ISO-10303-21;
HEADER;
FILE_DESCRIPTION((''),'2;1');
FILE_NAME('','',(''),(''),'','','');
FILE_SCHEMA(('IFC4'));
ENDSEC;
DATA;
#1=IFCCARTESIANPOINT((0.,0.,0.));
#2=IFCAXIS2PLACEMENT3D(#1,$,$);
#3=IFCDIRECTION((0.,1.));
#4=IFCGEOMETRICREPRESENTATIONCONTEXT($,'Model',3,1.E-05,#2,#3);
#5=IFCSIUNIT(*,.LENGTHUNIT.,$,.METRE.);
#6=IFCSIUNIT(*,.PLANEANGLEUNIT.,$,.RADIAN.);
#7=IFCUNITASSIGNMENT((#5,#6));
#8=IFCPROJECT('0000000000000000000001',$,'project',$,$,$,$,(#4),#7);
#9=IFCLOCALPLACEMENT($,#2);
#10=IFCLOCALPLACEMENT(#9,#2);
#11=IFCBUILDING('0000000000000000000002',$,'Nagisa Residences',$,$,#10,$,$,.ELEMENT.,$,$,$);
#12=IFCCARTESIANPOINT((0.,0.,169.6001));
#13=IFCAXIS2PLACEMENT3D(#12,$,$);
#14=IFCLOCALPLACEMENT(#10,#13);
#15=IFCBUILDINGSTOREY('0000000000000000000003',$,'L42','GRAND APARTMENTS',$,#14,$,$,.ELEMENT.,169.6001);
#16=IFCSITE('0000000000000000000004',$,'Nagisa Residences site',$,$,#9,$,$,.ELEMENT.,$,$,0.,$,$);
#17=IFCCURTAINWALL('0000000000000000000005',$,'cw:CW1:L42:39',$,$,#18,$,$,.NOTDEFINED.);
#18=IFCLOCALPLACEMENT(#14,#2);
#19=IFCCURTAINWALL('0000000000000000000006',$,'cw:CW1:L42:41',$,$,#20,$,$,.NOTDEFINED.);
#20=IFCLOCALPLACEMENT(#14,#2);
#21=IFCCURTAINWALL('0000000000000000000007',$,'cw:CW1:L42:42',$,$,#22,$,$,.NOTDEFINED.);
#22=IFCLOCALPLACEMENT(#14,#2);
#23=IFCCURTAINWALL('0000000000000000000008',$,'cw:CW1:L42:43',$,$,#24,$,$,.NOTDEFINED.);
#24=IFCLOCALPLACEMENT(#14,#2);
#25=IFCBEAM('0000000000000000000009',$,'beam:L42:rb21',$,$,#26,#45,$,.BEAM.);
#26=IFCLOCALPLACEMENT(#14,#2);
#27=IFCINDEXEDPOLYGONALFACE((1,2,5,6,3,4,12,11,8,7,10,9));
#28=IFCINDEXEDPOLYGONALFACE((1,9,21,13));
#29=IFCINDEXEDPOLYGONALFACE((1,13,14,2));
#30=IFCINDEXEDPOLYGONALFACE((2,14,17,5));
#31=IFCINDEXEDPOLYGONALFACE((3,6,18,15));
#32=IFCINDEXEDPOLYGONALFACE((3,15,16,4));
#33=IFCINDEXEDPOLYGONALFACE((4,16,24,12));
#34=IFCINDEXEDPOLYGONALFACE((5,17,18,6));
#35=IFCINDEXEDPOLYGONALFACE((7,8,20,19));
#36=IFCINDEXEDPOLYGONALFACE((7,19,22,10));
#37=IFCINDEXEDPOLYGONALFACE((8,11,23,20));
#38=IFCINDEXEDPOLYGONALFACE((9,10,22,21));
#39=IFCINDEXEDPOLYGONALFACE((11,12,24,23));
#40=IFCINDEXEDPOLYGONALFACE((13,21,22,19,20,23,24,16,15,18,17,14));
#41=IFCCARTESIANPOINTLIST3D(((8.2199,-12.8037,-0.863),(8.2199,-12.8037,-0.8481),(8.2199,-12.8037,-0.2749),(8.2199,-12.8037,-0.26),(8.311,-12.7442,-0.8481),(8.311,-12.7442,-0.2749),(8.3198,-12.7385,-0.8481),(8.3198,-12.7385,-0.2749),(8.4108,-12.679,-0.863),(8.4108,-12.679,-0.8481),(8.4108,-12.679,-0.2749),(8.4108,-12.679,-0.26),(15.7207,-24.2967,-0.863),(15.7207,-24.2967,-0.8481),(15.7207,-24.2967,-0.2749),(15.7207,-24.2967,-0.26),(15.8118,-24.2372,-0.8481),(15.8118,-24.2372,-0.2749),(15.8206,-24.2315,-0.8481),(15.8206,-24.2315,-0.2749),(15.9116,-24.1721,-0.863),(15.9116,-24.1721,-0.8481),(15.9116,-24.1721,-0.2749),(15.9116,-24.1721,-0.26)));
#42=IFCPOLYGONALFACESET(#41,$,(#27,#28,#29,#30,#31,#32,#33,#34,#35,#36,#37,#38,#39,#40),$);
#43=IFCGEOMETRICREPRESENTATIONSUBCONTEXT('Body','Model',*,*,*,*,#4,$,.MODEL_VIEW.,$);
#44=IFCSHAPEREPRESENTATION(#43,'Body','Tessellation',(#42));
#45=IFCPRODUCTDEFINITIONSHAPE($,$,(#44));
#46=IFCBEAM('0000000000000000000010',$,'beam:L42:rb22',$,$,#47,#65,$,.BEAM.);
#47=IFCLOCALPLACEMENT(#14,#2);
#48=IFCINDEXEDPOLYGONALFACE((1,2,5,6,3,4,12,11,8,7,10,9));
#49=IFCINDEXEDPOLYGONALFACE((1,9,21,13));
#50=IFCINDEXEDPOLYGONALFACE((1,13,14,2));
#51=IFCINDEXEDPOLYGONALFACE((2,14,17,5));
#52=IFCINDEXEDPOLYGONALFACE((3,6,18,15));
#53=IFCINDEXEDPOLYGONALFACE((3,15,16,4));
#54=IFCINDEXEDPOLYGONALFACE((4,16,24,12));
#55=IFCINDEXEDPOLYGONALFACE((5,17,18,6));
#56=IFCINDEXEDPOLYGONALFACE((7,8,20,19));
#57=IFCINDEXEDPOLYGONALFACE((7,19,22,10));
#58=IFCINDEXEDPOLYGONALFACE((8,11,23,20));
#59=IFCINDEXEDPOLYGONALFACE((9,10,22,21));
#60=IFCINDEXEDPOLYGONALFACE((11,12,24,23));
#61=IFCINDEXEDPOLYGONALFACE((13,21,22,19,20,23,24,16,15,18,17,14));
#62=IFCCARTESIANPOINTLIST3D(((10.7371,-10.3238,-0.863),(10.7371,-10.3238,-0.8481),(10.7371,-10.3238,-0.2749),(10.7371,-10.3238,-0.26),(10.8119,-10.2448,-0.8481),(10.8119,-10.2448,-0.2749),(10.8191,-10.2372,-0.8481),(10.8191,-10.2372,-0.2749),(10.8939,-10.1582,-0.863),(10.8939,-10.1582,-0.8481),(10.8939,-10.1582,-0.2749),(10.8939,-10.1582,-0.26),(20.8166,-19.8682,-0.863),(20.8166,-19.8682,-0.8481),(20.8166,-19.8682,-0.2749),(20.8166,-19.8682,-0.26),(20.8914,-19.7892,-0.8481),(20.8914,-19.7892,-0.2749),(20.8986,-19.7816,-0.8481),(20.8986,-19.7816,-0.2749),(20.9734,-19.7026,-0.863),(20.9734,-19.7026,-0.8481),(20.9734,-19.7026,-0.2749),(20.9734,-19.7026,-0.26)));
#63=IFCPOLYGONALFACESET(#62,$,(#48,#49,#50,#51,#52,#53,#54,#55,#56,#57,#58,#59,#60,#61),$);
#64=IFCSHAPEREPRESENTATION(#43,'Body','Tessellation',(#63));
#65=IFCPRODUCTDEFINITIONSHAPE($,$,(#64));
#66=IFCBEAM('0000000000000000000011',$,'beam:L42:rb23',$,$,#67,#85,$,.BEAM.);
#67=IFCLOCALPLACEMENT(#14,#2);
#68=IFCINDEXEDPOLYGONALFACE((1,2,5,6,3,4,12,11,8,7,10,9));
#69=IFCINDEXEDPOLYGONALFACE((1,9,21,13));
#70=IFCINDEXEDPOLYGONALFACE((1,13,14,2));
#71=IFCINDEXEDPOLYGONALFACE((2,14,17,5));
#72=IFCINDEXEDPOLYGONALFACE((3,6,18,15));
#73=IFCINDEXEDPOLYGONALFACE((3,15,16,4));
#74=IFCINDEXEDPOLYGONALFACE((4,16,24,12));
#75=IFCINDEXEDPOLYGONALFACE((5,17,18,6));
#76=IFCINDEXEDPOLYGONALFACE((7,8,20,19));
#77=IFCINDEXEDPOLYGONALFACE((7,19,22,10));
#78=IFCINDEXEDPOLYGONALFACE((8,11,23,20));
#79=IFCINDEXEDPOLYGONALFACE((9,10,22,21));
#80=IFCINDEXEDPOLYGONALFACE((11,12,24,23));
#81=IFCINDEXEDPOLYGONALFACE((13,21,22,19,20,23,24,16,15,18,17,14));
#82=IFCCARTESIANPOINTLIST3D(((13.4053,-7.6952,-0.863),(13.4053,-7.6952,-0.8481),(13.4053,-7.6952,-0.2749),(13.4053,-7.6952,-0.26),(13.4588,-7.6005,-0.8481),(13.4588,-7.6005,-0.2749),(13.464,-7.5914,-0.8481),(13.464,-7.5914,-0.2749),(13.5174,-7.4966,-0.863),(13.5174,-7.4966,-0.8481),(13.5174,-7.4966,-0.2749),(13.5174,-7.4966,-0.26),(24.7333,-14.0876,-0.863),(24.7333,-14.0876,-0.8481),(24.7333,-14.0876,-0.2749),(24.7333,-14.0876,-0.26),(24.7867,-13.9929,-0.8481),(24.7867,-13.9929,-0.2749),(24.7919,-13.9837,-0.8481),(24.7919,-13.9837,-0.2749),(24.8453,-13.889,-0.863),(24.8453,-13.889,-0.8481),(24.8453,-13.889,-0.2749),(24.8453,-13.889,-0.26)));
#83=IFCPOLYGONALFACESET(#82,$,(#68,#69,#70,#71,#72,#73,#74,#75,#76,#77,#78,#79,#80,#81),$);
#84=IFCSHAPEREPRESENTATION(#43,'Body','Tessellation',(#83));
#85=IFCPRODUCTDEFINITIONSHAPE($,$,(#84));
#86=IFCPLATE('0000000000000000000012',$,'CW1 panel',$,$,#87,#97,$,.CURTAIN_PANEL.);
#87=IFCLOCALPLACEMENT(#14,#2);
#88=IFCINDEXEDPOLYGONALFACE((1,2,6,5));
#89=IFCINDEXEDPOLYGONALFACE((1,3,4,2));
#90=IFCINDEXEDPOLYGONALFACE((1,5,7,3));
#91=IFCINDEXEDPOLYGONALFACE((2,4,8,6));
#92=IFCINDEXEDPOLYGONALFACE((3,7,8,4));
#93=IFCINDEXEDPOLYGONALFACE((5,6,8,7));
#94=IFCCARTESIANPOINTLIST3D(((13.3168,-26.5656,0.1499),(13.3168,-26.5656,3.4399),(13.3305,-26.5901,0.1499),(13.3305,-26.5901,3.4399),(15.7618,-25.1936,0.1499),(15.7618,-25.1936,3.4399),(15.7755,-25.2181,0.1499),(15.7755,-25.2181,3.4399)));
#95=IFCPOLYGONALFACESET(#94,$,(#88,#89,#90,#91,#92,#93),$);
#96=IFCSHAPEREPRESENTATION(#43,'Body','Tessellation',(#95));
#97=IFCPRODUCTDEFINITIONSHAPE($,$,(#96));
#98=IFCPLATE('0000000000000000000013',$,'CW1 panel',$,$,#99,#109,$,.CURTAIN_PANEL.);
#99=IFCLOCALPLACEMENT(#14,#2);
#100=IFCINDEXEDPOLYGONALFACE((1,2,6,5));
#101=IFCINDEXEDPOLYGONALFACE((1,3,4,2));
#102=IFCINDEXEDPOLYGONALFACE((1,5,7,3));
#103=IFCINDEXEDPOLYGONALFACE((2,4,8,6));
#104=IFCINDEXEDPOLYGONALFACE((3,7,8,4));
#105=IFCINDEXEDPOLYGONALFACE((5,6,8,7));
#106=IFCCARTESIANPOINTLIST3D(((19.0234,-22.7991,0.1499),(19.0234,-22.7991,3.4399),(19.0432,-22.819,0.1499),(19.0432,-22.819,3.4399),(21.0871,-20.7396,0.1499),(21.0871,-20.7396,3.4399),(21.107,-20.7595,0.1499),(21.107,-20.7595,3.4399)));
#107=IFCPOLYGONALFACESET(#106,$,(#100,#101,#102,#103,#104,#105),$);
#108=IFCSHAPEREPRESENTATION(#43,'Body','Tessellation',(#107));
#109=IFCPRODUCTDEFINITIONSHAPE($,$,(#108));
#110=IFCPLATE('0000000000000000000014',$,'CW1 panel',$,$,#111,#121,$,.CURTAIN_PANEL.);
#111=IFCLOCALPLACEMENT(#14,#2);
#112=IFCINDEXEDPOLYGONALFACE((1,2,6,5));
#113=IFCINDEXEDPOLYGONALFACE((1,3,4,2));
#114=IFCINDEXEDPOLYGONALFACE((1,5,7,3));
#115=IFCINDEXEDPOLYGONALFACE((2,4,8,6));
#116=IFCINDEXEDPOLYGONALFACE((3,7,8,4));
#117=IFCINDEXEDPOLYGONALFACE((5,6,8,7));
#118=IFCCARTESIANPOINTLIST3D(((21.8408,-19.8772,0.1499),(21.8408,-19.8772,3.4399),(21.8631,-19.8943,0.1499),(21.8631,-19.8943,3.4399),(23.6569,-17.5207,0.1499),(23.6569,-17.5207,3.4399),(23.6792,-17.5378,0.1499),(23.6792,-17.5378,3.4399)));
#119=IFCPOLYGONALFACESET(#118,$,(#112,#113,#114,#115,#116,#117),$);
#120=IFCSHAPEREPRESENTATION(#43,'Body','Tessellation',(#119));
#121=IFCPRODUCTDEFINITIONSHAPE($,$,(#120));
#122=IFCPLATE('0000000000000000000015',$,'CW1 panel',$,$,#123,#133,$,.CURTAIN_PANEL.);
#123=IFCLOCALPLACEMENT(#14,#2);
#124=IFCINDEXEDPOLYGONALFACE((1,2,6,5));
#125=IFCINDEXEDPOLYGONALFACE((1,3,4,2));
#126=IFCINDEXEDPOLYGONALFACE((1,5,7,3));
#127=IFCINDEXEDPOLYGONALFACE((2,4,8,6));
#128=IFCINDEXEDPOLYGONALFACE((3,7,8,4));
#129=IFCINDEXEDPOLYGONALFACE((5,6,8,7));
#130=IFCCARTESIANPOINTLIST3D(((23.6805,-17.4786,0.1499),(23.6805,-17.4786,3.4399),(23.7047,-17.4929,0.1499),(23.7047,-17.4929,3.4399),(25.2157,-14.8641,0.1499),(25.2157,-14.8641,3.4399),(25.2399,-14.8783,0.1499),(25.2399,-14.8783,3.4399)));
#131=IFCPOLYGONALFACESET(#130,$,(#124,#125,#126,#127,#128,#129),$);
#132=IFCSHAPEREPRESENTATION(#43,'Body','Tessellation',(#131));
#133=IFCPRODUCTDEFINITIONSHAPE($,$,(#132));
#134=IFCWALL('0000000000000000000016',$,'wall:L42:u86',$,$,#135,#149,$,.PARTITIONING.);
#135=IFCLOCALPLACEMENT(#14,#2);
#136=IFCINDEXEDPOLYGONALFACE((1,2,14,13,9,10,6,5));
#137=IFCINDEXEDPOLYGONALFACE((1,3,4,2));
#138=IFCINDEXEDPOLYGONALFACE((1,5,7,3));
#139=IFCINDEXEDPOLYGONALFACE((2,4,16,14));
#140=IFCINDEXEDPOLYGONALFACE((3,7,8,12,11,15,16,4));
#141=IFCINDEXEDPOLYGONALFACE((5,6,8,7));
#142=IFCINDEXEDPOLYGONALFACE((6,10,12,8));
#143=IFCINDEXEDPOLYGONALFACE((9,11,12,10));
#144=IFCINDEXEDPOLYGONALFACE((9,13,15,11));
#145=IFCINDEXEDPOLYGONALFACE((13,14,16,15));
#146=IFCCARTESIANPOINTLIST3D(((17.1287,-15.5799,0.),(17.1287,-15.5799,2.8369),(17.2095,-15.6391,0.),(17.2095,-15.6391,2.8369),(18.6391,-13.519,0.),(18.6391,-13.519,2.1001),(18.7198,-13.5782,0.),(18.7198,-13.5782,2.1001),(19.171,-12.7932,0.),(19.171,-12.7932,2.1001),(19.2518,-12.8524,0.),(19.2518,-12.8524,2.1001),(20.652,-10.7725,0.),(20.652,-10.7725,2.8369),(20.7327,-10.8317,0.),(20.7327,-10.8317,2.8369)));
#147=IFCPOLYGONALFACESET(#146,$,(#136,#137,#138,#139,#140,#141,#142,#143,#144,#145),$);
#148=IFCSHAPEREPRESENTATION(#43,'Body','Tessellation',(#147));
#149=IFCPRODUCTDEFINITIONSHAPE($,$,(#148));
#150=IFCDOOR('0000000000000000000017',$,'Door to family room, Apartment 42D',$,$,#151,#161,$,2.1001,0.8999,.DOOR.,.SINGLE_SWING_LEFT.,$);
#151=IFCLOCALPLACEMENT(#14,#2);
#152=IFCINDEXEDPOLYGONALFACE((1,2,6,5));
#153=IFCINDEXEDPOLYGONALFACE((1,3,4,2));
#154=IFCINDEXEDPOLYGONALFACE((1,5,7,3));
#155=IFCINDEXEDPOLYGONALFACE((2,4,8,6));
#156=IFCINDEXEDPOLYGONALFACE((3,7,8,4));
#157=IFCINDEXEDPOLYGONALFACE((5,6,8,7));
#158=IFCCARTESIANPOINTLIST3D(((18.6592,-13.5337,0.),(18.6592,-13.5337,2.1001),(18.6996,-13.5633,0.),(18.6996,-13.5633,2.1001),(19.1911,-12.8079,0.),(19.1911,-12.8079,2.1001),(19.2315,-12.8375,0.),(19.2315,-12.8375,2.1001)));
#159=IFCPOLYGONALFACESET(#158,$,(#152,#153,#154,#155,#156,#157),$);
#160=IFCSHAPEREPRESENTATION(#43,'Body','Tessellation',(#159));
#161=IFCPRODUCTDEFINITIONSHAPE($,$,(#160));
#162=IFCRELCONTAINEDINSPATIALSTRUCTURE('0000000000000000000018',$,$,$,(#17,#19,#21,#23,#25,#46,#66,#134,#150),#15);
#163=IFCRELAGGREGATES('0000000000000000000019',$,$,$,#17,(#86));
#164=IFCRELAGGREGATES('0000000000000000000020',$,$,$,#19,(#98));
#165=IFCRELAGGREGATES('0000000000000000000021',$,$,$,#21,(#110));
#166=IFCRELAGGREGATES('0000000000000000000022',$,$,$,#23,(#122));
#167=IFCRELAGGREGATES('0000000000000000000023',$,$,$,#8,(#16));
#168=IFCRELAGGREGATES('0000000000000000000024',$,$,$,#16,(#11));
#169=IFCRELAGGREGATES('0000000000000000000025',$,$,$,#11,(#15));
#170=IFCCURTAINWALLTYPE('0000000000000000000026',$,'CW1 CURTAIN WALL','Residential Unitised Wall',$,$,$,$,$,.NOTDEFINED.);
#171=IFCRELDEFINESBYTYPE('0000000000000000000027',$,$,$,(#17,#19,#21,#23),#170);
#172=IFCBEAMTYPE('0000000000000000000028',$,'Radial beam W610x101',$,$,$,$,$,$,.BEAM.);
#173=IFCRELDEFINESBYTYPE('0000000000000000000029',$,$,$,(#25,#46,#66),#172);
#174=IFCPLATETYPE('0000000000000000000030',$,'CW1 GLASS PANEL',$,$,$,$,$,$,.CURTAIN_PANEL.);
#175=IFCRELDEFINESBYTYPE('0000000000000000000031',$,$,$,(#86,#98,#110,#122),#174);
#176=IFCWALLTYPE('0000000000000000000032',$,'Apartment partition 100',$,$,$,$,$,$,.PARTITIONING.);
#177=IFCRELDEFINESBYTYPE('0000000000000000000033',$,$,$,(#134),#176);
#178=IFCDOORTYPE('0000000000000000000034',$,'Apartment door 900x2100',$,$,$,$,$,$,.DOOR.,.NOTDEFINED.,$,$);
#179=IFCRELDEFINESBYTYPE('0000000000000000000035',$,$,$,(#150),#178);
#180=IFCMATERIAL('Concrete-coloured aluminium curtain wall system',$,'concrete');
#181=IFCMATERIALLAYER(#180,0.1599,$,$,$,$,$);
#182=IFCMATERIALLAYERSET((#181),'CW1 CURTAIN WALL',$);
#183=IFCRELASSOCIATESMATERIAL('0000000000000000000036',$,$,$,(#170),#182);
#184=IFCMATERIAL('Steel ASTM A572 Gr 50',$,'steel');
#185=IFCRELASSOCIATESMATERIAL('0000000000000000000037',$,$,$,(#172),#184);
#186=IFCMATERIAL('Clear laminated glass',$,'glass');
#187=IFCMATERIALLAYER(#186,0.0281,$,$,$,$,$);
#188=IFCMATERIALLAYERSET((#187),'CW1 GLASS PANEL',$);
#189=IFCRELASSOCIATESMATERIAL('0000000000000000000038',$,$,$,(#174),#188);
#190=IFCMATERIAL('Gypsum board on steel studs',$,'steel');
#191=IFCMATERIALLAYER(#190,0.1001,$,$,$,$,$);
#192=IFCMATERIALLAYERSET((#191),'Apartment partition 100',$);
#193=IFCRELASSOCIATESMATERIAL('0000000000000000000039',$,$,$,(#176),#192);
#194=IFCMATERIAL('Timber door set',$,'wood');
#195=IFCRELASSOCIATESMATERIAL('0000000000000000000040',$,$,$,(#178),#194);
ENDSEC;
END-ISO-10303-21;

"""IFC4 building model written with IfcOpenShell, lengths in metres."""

from ifc_helpers import new_model, si_unit, direction, frame, frame_2d, origin, origin_2d, place, context, subcontext, project, spatial, rectangle, i_section, extrude, material, layer, layer_set, material_profile, profile_set, type_object, element, fill, aggregate, save


model = new_model("IFC4")

# Units and contexts
model_context = context("Model", 3, precision=1e-05, world=origin(), true_north=direction((0.0, 1.0)))
body_context = subcontext(model_context, "Body", "Model", "MODEL_VIEW")
ifc_project = project(units=[si_unit("LENGTHUNIT", "METRE"), si_unit("PLANEANGLEUNIT", "RADIAN")], contexts=[model_context])

# Site, building, storey
site_placement = place(None, origin())
site = spatial("IfcSite", under=ifc_project, at=site_placement, Name="Nagisa Residences site", CompositionType="ELEMENT", RefElevation=0.0)
building_placement = place(site_placement, origin())
building = spatial("IfcBuilding", under=site, at=building_placement, Name="Nagisa Residences", CompositionType="ELEMENT")
storey_placement = place(building_placement, frame((0.0, 0.0, 169.6001)))
storey = spatial("IfcBuildingStorey", under=building, at=storey_placement, Name="L42", Description="GRAND APARTMENTS", CompositionType="ELEMENT", Elevation=169.6001)

# Curtain walls
ifc_material_1 = material(Name="Concrete-coloured aluminium curtain wall system", Category="concrete")
ifc_layer_1 = layer(ifc_material_1, 0.1599)
ifc_layer_set_1 = layer_set([ifc_layer_1], Name="CW1 CURTAIN WALL")
curtain_wall_type = type_object("IfcCurtainWallType", Name="CW1 CURTAIN WALL", Description="Residential Unitised Wall", PredefinedType="NOTDEFINED", material=ifc_layer_set_1)
curtain_wall_1_placement = place(storey_placement, origin())
curtain_wall_1 = element("IfcCurtainWall", 1, at=curtain_wall_1_placement, inside=storey, type_object=curtain_wall_type, Name="cw:CW1:L42:39", PredefinedType="NOTDEFINED")
curtain_wall_2_placement = place(storey_placement, origin())
curtain_wall_2 = element("IfcCurtainWall", 2, at=curtain_wall_2_placement, inside=storey, type_object=curtain_wall_type, Name="cw:CW1:L42:41", PredefinedType="NOTDEFINED")
curtain_wall_3_placement = place(storey_placement, origin())
curtain_wall_3 = element("IfcCurtainWall", 3, at=curtain_wall_3_placement, inside=storey, type_object=curtain_wall_type, Name="cw:CW1:L42:42", PredefinedType="NOTDEFINED")
curtain_wall_4_placement = place(storey_placement, origin())
curtain_wall_4 = element("IfcCurtainWall", 4, at=curtain_wall_4_placement, inside=storey, type_object=curtain_wall_type, Name="cw:CW1:L42:43", PredefinedType="NOTDEFINED")

# Beams
ifc_material_2 = material(Name="Steel ASTM A572 Gr 50", Category="steel")
ifc_material_profile_1 = material_profile(ifc_material_2, i_section(OverallWidth=0.228, OverallDepth=0.603, WebThickness=0.0105, FlangeThickness=0.0149, at=origin_2d()), Name="W610x101")
ifc_profile_set_1 = profile_set([ifc_material_profile_1], Name="Steel ASTM A572 Gr 50")
beam_type_1 = type_object("IfcBeamType", Name="Radial beam W610x101", PredefinedType="BEAM", material=ifc_profile_set_1)
beam_1_placement = place(storey_placement, frame((15.8162, -24.2344, -0.5615), z_axis=(-0.546541, 0.837432, 0.0), x_axis=(-0.837432, -0.546541, 0.0)))
element("IfcBeam", 5, at=beam_1_placement, inside=storey, type_object=beam_type_1, Name="beam:L42:rb21", PredefinedType="BEAM", context=body_context, shape_type="SweptSolid", body=[
    extrude(i_section(OverallWidth=0.228, OverallDepth=0.603, WebThickness=0.0105, FlangeThickness=0.0149, at=origin_2d()), origin(), (0.0, 0.0, 1.0), 13.7241),
])
beam_2_placement = place(storey_placement, frame((20.895, -19.7854, -0.5615), z_axis=(-0.72612, 0.687568, 0.0), x_axis=(-0.687568, -0.72612, 0.0)))
element("IfcBeam", 6, at=beam_2_placement, inside=storey, type_object=beam_type_1, Name="beam:L42:rb22", PredefinedType="BEAM", context=body_context, shape_type="SweptSolid", body=[
    extrude(i_section(OverallWidth=0.228, OverallDepth=0.603, WebThickness=0.0105, FlangeThickness=0.0149, at=origin_2d()), origin(), (0.0, 0.0, 1.0), 13.8813),
])
beam_3_placement = place(storey_placement, frame((24.7893, -13.9883, -0.5615), z_axis=(-0.870905, 0.491452, 0.0), x_axis=(-0.491452, -0.870905, 0.0)))
element("IfcBeam", 7, at=beam_3_placement, inside=storey, type_object=beam_type_1, Name="beam:L42:rb23", PredefinedType="BEAM", context=body_context, shape_type="SweptSolid", body=[
    extrude(i_section(OverallWidth=0.228, OverallDepth=0.603, WebThickness=0.0105, FlangeThickness=0.0149, at=origin_2d()), origin(), (0.0, 0.0, 1.0), 13.0071),
])

# Plates
ifc_material_3 = material(Name="Clear laminated glass", Category="glass")
ifc_layer_2 = layer(ifc_material_3, 0.0281)
ifc_layer_set_2 = layer_set([ifc_layer_2], Name="CW1 GLASS PANEL")
plate_type = type_object("IfcPlateType", Name="CW1 GLASS PANEL", PredefinedType="CURTAIN_PANEL", material=ifc_layer_set_2)
plate_1_placement = place(storey_placement, frame((14.5461, -25.8918, 0.1499), z_axis=(0.0, 0.0, 1.0), x_axis=(0.872072, 0.489377, 0.0)))
plate_1 = element("IfcPlate", 8, at=plate_1_placement, type_object=plate_type, Name="CW1 panel", PredefinedType="CURTAIN_PANEL", context=body_context, shape_type="SweptSolid", body=[
    extrude(rectangle(XDim=2.8037, YDim=0.0281, at=origin_2d()), origin(), (0.0, 0.0, 1.0), 3.29),
])
aggregate(curtain_wall_1, [plate_1])
plate_2_placement = place(storey_placement, frame((20.0652, -21.7793, 0.1499), z_axis=(0.0, 0.0, 1.0), x_axis=(0.707836, 0.706377, 0.0)))
plate_2 = element("IfcPlate", 9, at=plate_2_placement, type_object=plate_type, Name="CW1 panel", PredefinedType="CURTAIN_PANEL", context=body_context, shape_type="SweptSolid", body=[
    extrude(rectangle(XDim=2.9155, YDim=0.0281, at=origin_2d()), origin(), (0.0, 0.0, 1.0), 3.29),
])
aggregate(curtain_wall_2, [plate_2])
plate_3_placement = place(storey_placement, frame((22.76, -18.7075, 0.1499), z_axis=(0.0, 0.0, 1.0), x_axis=(0.61043, 0.79207, 0.0)))
plate_3 = element("IfcPlate", 10, at=plate_3_placement, type_object=plate_type, Name="CW1 panel", PredefinedType="CURTAIN_PANEL", context=body_context, shape_type="SweptSolid", body=[
    extrude(rectangle(XDim=2.9751, YDim=0.0281, at=origin_2d()), origin(), (0.0, 0.0, 1.0), 3.29),
])
aggregate(curtain_wall_3, [plate_3])
plate_4_placement = place(storey_placement, frame((24.4602, -16.1785, 0.1499), z_axis=(0.0, 0.0, 1.0), x_axis=(0.506349, 0.862329, 0.0)))
plate_4 = element("IfcPlate", 11, at=plate_4_placement, type_object=plate_type, Name="CW1 panel", PredefinedType="CURTAIN_PANEL", context=body_context, shape_type="SweptSolid", body=[
    extrude(rectangle(XDim=3.032, YDim=0.0281, at=origin_2d()), origin(), (0.0, 0.0, 1.0), 3.29),
])
aggregate(curtain_wall_4, [plate_4])

# Wall, opening, door
ifc_material_4 = material(Name="Gypsum board on steel studs", Category="steel")
ifc_layer_3 = layer(ifc_material_4, 0.1001)
ifc_layer_set_3 = layer_set([ifc_layer_3], Name="Apartment partition 100")
wall_type_1 = type_object("IfcWallType", Name="Apartment partition 100", PredefinedType="PARTITIONING", material=ifc_layer_set_3)
wall_1_placement = place(storey_placement, frame((17.1692, -15.6094, 0.0), z_axis=(0.0, 0.0, 1.0), x_axis=(0.591122, 0.806582, 0.0)))
wall_1 = element("IfcWall", 12, at=wall_1_placement, inside=storey, type_object=wall_type_1, Name="wall:L42:u86", PredefinedType="PARTITIONING", context=body_context, shape_type="SweptSolid", body=[
    extrude(rectangle(XDim=5.9602, YDim=0.1001, at=frame_2d((2.98, 0.0))), origin(), (0.0, 0.0, 1.0), 2.8369),
])
opening_1_placement = place(wall_1_placement, frame((2.5549, 0.0, 0.0)))
opening_1 = element("IfcOpeningElement", 13, at=opening_1_placement, cuts=wall_1, PredefinedType="OPENING", context=body_context, shape_type="SweptSolid", body=[
    extrude(rectangle(XDim=0.8999, YDim=2.1001, at=frame_2d((0.45, 1.05))), frame((0.0, 0.0601, 0.0), z_axis=(0.0, -1.0, 0.0), x_axis=(1.0, 0.0, 0.0)), (0.0, 0.0, 1.0), 0.1201),
])
ifc_material_5 = material(Name="Timber door set", Category="wood")
door_type_1 = type_object("IfcDoorType", Name="Apartment door 900x2100", OperationType="NOTDEFINED", PredefinedType="DOOR", material=ifc_material_5)
door_1_placement = place(opening_1_placement, frame((0.8999, 0.0, 0.0), x_axis=(-1.0, 0.0, 0.0)))
door_1 = element("IfcDoor", 14, at=door_1_placement, inside=storey, type_object=door_type_1, Name="Door to family room, Apartment 42D", OperationType="SINGLE_SWING_LEFT", OverallHeight=2.1001, OverallWidth=0.8999, PredefinedType="DOOR", context=body_context, shape_type="SweptSolid", body=[
    extrude(rectangle(XDim=0.8999, YDim=2.1001, at=frame_2d((0.45, 1.05))), frame((0.0, 0.0249, 0.0), z_axis=(0.0, -1.0, 0.0), x_axis=(1.0, 0.0, 0.0)), (0.0, 0.0, 1.0), 0.05),
])
fill(opening_1, door_1)

save(model, "model.ifc")
